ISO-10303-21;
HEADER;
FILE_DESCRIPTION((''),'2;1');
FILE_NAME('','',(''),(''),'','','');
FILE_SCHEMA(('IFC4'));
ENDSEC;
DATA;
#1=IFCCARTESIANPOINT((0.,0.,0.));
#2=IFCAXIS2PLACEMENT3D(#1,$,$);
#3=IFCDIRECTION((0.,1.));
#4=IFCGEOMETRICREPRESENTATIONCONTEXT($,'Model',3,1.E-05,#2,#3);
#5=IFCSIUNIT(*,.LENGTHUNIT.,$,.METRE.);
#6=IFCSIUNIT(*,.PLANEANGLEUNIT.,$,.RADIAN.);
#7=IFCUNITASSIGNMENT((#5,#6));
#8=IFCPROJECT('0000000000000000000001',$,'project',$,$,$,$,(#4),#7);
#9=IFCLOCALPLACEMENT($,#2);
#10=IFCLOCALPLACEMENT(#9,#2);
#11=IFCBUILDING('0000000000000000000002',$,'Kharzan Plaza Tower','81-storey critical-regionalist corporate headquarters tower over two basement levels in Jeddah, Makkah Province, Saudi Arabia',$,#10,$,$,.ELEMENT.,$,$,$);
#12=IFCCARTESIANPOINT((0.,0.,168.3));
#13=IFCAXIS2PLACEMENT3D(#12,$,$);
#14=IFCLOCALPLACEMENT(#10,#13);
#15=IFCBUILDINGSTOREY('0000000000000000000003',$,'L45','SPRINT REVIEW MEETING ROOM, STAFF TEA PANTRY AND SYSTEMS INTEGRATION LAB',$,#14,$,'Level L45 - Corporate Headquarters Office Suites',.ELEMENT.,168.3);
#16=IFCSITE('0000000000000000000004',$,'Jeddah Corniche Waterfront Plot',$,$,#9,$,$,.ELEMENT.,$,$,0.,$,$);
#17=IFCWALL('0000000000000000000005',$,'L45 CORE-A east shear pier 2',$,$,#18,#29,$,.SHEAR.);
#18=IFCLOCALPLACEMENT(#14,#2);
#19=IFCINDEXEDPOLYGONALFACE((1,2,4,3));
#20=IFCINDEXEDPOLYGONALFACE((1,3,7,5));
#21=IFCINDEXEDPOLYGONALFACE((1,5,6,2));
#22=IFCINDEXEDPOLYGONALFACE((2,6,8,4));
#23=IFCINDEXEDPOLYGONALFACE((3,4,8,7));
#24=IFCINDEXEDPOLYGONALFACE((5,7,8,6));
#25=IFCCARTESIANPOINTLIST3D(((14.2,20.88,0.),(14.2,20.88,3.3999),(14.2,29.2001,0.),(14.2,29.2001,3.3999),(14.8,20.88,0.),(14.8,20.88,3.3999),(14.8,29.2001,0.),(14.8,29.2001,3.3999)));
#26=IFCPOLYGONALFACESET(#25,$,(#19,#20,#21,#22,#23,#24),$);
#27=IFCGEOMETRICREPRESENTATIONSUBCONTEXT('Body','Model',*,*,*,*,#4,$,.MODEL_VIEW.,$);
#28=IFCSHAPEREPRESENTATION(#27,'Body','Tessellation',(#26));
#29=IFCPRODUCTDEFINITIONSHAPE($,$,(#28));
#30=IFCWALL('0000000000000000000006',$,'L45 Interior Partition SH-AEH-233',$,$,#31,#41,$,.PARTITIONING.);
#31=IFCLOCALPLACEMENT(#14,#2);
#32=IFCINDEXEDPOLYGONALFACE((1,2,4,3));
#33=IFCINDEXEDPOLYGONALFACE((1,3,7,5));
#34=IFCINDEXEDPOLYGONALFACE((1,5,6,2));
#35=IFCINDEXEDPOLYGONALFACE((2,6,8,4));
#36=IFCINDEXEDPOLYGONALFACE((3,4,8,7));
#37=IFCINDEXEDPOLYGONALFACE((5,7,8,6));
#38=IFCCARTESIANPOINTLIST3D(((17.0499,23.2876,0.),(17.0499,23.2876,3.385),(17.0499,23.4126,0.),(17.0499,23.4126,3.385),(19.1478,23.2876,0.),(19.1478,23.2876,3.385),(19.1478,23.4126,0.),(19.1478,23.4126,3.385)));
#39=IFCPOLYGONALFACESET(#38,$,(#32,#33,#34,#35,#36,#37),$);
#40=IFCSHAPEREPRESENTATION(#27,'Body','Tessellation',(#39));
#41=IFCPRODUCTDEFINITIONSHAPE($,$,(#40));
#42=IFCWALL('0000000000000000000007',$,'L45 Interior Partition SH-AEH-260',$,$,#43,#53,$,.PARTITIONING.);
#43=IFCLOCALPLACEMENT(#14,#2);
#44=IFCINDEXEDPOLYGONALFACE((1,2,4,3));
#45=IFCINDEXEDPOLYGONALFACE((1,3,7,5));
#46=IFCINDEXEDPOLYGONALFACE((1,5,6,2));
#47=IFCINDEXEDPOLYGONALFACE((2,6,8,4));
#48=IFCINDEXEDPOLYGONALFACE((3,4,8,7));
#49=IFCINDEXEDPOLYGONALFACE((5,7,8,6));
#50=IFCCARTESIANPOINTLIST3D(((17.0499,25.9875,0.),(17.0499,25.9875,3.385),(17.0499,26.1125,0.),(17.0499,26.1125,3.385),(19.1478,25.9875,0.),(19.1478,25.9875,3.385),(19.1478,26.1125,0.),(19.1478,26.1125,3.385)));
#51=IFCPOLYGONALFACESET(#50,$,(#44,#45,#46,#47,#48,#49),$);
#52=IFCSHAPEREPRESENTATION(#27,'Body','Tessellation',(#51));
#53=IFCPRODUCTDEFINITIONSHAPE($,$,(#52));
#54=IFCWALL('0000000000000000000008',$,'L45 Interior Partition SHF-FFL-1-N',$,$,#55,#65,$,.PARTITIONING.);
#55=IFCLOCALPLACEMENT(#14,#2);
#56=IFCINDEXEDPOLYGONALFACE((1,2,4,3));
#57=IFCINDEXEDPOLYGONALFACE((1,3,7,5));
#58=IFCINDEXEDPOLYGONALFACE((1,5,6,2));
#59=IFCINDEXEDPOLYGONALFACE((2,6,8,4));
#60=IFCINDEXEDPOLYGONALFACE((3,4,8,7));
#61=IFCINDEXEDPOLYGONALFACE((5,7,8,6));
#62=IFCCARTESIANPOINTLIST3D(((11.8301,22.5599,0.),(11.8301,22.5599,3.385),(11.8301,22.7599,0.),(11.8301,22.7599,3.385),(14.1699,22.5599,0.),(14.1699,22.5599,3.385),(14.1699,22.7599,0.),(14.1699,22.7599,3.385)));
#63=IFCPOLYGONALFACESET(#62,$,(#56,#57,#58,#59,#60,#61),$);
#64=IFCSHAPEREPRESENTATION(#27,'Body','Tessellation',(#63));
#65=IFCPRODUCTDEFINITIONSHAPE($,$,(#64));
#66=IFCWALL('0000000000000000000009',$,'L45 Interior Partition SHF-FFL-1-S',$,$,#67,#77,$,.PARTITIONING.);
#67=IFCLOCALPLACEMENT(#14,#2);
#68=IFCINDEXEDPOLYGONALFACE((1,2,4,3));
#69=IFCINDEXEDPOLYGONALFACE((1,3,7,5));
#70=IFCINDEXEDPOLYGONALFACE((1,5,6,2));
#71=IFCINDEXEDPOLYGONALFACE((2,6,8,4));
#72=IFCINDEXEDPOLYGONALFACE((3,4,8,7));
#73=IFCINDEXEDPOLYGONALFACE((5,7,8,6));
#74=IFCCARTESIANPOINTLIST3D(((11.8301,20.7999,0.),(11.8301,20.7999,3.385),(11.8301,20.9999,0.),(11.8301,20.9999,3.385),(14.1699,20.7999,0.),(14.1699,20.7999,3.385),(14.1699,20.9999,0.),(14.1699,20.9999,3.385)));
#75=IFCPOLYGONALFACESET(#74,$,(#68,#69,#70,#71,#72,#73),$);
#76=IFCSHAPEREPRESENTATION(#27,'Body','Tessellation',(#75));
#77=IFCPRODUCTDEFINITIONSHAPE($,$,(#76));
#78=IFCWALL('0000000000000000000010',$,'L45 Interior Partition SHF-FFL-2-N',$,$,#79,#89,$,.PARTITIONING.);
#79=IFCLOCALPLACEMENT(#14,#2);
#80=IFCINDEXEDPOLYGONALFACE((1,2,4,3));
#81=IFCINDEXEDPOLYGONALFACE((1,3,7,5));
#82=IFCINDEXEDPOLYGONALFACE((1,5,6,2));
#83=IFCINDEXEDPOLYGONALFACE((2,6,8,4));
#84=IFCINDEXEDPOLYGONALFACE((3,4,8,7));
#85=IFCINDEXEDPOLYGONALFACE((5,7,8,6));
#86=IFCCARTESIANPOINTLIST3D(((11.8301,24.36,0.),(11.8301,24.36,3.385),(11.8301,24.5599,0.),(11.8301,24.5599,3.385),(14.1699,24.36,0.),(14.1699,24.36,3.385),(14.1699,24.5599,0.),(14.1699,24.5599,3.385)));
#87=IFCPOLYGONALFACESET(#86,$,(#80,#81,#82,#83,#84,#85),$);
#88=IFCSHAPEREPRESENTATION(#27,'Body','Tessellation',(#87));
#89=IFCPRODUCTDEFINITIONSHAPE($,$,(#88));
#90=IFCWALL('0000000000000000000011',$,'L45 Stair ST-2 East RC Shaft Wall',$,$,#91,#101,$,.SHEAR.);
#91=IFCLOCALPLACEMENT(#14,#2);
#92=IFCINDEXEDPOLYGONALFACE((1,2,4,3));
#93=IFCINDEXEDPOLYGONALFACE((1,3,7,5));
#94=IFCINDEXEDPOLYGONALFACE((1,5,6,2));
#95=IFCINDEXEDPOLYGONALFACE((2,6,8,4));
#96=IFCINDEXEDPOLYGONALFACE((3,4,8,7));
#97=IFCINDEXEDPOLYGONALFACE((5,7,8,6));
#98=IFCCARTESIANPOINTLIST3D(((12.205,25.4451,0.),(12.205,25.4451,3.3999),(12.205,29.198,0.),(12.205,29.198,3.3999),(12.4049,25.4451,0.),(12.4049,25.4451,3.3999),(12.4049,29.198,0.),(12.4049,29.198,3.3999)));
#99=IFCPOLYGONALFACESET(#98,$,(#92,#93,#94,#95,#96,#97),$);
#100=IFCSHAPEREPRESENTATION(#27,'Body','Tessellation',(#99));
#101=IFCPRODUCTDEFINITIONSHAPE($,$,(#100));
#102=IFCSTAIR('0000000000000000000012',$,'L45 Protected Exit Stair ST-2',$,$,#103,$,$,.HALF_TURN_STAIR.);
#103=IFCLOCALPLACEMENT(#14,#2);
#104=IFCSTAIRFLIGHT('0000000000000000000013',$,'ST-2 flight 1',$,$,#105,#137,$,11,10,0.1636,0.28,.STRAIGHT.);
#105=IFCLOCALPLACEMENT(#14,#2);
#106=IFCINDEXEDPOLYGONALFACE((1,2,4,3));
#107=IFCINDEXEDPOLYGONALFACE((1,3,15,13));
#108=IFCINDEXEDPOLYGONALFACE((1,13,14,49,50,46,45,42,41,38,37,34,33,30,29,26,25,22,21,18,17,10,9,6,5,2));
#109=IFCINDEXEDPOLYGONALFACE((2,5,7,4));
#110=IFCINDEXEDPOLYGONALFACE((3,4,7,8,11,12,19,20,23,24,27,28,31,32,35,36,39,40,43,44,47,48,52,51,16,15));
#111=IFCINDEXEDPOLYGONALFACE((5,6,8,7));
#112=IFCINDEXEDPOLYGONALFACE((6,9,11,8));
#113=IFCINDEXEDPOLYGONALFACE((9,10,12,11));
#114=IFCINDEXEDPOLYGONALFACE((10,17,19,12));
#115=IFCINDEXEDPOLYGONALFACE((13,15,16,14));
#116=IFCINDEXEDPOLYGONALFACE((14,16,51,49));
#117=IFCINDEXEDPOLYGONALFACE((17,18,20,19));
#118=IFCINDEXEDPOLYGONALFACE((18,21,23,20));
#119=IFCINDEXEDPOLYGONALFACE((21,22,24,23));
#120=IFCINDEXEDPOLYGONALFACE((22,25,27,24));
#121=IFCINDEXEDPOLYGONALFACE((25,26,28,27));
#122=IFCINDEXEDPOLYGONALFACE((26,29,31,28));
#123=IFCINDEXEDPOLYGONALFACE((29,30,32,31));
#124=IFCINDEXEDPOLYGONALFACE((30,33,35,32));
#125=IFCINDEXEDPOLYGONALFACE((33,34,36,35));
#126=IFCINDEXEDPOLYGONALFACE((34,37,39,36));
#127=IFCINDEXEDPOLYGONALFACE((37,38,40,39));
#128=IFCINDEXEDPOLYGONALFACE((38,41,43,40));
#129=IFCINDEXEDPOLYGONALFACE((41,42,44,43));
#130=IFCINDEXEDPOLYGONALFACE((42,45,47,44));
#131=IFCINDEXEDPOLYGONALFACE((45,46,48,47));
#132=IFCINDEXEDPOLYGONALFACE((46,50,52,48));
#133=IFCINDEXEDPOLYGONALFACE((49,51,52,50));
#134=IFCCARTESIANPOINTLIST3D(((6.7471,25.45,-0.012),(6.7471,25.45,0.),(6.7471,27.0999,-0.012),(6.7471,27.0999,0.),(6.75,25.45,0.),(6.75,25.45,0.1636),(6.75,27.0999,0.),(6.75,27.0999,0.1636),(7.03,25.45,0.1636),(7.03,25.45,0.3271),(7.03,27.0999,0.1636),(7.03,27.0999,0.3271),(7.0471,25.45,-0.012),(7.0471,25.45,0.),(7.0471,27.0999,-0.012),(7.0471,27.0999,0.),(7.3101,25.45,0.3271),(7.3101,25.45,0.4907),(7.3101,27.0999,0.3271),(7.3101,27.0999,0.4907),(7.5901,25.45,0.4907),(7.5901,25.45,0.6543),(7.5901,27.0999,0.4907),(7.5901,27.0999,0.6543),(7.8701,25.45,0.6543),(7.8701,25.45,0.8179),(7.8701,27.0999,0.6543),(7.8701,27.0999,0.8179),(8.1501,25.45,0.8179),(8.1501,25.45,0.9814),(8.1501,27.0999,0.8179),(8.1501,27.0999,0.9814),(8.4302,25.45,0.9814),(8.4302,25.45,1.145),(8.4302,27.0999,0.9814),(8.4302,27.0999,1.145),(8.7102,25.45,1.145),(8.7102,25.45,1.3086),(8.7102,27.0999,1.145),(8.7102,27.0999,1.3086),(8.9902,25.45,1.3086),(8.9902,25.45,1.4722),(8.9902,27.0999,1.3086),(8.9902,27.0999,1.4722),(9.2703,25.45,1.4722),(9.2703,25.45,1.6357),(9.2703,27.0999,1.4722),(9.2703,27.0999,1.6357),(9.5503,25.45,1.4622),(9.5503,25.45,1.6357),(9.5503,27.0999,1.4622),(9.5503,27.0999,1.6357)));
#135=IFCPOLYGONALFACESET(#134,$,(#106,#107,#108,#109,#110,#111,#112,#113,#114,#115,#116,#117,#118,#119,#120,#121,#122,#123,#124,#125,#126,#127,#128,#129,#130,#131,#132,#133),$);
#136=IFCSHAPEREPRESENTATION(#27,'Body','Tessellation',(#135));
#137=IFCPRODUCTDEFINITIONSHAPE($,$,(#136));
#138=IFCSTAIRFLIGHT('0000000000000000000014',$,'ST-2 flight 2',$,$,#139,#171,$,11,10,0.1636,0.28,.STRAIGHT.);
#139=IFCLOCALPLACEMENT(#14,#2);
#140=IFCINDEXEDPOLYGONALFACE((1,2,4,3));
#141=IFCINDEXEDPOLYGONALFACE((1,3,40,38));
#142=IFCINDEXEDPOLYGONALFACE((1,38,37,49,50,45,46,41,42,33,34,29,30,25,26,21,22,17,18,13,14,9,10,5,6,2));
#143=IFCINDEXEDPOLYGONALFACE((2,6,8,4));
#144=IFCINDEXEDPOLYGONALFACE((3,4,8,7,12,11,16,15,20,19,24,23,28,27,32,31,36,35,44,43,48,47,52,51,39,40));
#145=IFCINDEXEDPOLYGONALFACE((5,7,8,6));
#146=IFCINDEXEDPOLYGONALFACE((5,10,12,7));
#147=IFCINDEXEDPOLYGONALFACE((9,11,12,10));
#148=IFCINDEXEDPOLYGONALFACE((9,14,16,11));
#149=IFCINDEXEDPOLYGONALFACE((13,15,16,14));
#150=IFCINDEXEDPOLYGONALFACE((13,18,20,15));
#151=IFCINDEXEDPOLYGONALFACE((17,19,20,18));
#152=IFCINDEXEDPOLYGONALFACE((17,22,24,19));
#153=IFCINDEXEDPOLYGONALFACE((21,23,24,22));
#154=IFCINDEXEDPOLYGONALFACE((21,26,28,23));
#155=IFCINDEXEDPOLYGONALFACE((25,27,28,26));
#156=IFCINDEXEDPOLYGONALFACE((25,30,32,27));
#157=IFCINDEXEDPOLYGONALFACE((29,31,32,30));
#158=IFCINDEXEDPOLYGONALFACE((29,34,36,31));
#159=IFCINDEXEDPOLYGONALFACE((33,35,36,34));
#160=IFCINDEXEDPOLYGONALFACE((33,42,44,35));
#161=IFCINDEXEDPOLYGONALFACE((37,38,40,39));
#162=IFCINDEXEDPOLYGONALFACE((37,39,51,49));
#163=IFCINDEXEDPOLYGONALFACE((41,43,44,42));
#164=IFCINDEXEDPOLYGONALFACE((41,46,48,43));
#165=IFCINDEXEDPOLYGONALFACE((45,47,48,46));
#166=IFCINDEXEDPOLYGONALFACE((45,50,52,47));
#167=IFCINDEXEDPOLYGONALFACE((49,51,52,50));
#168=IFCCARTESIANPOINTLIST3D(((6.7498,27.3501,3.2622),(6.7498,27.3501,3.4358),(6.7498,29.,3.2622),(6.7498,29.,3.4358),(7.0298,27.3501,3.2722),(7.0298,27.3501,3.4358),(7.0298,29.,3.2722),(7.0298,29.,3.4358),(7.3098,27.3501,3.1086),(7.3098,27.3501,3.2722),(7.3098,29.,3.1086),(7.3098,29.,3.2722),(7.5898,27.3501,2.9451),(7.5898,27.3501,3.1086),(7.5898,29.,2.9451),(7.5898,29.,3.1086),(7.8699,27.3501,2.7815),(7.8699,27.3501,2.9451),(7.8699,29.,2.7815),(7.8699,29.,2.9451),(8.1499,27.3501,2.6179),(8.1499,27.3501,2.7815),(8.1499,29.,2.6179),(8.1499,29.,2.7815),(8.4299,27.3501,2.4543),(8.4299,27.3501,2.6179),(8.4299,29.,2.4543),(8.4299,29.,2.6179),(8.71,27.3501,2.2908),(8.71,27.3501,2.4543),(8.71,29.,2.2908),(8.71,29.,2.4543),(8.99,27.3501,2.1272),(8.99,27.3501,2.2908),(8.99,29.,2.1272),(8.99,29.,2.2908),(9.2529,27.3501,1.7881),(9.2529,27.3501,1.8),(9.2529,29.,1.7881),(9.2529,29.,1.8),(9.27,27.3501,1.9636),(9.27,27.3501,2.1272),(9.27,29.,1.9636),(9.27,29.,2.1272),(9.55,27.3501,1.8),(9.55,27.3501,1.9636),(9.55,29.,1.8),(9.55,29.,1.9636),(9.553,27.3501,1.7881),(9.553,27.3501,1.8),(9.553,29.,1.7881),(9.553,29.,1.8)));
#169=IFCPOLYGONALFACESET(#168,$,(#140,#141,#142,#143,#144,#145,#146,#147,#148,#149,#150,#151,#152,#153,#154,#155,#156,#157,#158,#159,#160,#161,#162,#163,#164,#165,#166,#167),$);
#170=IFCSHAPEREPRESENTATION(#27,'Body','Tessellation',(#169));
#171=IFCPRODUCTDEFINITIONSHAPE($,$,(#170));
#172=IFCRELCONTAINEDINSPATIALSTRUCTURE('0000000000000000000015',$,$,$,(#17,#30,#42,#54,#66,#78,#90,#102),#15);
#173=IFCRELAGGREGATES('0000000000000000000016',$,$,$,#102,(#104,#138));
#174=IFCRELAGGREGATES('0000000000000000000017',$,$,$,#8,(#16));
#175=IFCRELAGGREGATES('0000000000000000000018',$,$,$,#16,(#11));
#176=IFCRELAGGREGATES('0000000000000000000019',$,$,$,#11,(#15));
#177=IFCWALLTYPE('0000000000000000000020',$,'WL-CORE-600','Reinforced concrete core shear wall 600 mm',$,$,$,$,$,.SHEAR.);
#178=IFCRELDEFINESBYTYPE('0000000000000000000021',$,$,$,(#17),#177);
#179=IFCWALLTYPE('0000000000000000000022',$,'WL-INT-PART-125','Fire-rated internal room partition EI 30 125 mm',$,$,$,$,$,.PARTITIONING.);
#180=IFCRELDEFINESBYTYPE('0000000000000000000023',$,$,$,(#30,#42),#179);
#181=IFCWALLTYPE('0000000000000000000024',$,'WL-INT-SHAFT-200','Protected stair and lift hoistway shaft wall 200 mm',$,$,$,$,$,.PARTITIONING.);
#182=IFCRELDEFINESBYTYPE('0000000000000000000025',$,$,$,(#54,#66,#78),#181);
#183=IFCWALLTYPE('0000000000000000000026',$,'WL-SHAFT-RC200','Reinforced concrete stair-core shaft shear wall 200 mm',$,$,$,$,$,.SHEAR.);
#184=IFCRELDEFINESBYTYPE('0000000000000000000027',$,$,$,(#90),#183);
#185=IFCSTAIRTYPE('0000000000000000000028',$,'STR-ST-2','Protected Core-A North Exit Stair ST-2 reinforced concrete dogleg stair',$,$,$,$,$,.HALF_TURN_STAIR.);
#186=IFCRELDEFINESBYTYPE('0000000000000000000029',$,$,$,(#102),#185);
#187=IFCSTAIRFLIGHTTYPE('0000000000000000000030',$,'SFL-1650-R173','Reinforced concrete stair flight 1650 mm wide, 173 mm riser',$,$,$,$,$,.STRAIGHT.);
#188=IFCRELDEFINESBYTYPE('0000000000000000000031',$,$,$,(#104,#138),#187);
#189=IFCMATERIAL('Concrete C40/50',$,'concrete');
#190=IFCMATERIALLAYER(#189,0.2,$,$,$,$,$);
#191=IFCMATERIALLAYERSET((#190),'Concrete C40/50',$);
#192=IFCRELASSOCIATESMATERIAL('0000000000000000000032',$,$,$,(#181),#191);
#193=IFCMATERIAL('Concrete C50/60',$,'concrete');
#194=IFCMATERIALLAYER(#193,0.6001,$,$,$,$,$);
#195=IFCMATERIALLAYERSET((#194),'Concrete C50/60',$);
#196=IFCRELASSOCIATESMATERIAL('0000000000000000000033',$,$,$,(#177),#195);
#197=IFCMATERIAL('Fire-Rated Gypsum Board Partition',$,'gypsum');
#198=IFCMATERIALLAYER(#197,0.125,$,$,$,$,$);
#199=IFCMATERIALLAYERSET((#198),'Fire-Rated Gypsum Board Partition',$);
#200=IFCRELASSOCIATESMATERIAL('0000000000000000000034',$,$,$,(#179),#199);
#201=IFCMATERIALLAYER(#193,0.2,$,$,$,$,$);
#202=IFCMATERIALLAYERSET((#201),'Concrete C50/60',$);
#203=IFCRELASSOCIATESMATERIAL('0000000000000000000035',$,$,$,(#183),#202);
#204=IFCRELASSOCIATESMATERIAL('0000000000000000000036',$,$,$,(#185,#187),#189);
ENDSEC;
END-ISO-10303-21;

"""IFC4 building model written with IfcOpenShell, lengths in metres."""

from ifc_helpers import new_model, si_unit, direction, frame, frame_2d, origin, place, context, subcontext, project, spatial, polyline, rectangle, outline, extrude, source, transform, mapped, material, layer, layer_set, type_object, element, aggregate, save


model = new_model("IFC4")

# Units and contexts
model_context = context("Model", 3, precision=1e-05, world=origin(), true_north=direction((0.0, 1.0)))
body_context = subcontext(model_context, "Body", "Model", "MODEL_VIEW")
ifc_project = project(units=[si_unit("LENGTHUNIT", "METRE"), si_unit("PLANEANGLEUNIT", "RADIAN")], contexts=[model_context])

# Site, building, storey
site_placement = place(None, origin())
site = spatial("IfcSite", under=ifc_project, at=site_placement, Name="Jeddah Corniche Waterfront Plot", CompositionType="ELEMENT", RefElevation=0.0)
building_placement = place(site_placement, origin())
building = spatial("IfcBuilding", under=site, at=building_placement, Name="Kharzan Plaza Tower", Description="81-storey critical-regionalist corporate headquarters tower over two basement levels in Jeddah, Makkah Province, Saudi Arabia", CompositionType="ELEMENT")
storey_placement = place(building_placement, frame((0.0, 0.0, 168.3)))
storey = spatial("IfcBuildingStorey", under=building, at=storey_placement, Name="L45", Description="SPRINT REVIEW MEETING ROOM, STAFF TEA PANTRY AND SYSTEMS INTEGRATION LAB", LongName="Level L45 - Corporate Headquarters Office Suites", CompositionType="ELEMENT", Elevation=168.3)

# Shared definitions
ifc_material_1 = material(Name="Concrete C40/50", Category="concrete")
ifc_layer_1 = layer(ifc_material_1, 0.2)
ifc_layer_set_1 = layer_set([ifc_layer_1], Name="Concrete C40/50")
wall_type_1 = type_object("IfcWallType", Name="WL-INT-SHAFT-200", Description="Protected stair and lift hoistway shaft wall 200 mm", PredefinedType="PARTITIONING", material=ifc_layer_set_1)

# Walls
ifc_material_2 = material(Name="Concrete C50/60", Category="concrete")
ifc_layer_2 = layer(ifc_material_2, 0.6001)
ifc_layer_set_2 = layer_set([ifc_layer_2], Name="Concrete C50/60")
wall_type_2 = type_object("IfcWallType", Name="WL-CORE-600", Description="Reinforced concrete core shear wall 600 mm", PredefinedType="SHEAR", material=ifc_layer_set_2)
shared_shape_1 = source(origin(), body_context, "Body", "SweptSolid", [
    extrude(rectangle(XDim=8.3201, YDim=0.6001, at=frame_2d((4.1602, 0.0))), origin(), (0.0, 0.0, 1.0), 3.3999),
])
wall_1_placement = place(storey_placement, frame((14.5, 20.8799, 0.0), z_axis=(0.0, 0.0, 1.0), x_axis=(0.0, 1.0, 0.0)))
element("IfcWall", 1, at=wall_1_placement, inside=storey, type_object=wall_type_2, Name="L45 CORE-A east shear pier 2", PredefinedType="SHEAR", context=body_context, shape_type="MappedRepresentation", body=[
    mapped(shared_shape_1, transform((0.0, 0.0, 0.0), x_axis=(1.0, 0.0, 0.0), y_axis=(0.0, 1.0, 0.0), z_axis=(0.0, 0.0, 1.0))),
])
ifc_material_3 = material(Name="Fire-Rated Gypsum Board Partition", Category="gypsum")
ifc_layer_3 = layer(ifc_material_3, 0.125)
ifc_layer_set_3 = layer_set([ifc_layer_3], Name="Fire-Rated Gypsum Board Partition")
wall_type_3 = type_object("IfcWallType", Name="WL-INT-PART-125", Description="Fire-rated internal room partition EI 30 125 mm", PredefinedType="PARTITIONING", material=ifc_layer_set_3)
shared_shape_2 = source(origin(), body_context, "Body", "SweptSolid", [
    extrude(rectangle(XDim=2.0979, YDim=0.125, at=frame_2d((1.0488, 0.0))), origin(), (0.0, 0.0, 1.0), 3.385),
])
for number, where, z_axis, x_axis, name in (
    (2, (17.05, 23.3501, 0.0), (0.0, 0.0, 1.0), (1.0, 0.0, 0.0), "L45 Interior Partition SH-AEH-233"),
    (3, (17.05, 26.05, 0.0), (0.0, 0.0, 1.0), (1.0, 0.0, 0.0), "L45 Interior Partition SH-AEH-260"),
):
    element("IfcWall", number, at=place(storey_placement, frame(where, z_axis=z_axis, x_axis=x_axis)), inside=storey, type_object=wall_type_3, Name=name, PredefinedType="PARTITIONING", context=body_context, shape_type="MappedRepresentation", body=[
        mapped(shared_shape_2, transform((0.0, 0.0, 0.0), x_axis=(1.0, 0.0, 0.0), y_axis=(0.0, 1.0, 0.0), z_axis=(0.0, 0.0, 1.0))),
    ])
shared_shape_3 = source(origin(), body_context, "Body", "SweptSolid", [
    extrude(rectangle(XDim=2.3398, YDim=0.2, at=frame_2d((1.1699, 0.0))), origin(), (0.0, 0.0, 1.0), 3.385),
])
for number, where, z_axis, x_axis, name in (
    (4, (11.8301, 22.6599, 0.0), (0.0, 0.0, 1.0), (1.0, 0.0, 0.0), "L45 Interior Partition SHF-FFL-1-N"),
    (5, (11.8301, 20.8999, 0.0), (0.0, 0.0, 1.0), (1.0, 0.0, 0.0), "L45 Interior Partition SHF-FFL-1-S"),
    (6, (11.8301, 24.46, 0.0), (0.0, 0.0, 1.0), (1.0, 0.0, 0.0), "L45 Interior Partition SHF-FFL-2-N"),
):
    element("IfcWall", number, at=place(storey_placement, frame(where, z_axis=z_axis, x_axis=x_axis)), inside=storey, type_object=wall_type_1, Name=name, PredefinedType="PARTITIONING", context=body_context, shape_type="MappedRepresentation", body=[
        mapped(shared_shape_3, transform((0.0, 0.0, 0.0), x_axis=(1.0, 0.0, 0.0), y_axis=(0.0, 1.0, 0.0), z_axis=(0.0, 0.0, 1.0))),
    ])
ifc_layer_4 = layer(ifc_material_2, 0.2)
ifc_layer_set_4 = layer_set([ifc_layer_4], Name="Concrete C50/60")
wall_type_4 = type_object("IfcWallType", Name="WL-SHAFT-RC200", Description="Reinforced concrete stair-core shaft shear wall 200 mm", PredefinedType="SHEAR", material=ifc_layer_set_4)
shared_shape_4 = source(origin(), body_context, "Body", "SweptSolid", [
    extrude(rectangle(XDim=3.7529, YDim=0.2, at=frame_2d((1.8765, 0.0))), origin(), (0.0, 0.0, 1.0), 3.3999),
])
wall_2_placement = place(storey_placement, frame((12.3049, 25.4451, 0.0), z_axis=(0.0, 0.0, 1.0), x_axis=(0.0, 1.0, 0.0)))
element("IfcWall", 7, at=wall_2_placement, inside=storey, type_object=wall_type_4, Name="L45 Stair ST-2 East RC Shaft Wall", PredefinedType="SHEAR", context=body_context, shape_type="MappedRepresentation", body=[
    mapped(shared_shape_4, transform((0.0, 0.0, 0.0), x_axis=(1.0, 0.0, 0.0), y_axis=(0.0, 1.0, 0.0), z_axis=(0.0, 0.0, 1.0))),
])

# Stair, stair flights
stair_type = type_object("IfcStairType", Name="STR-ST-2", Description="Protected Core-A North Exit Stair ST-2 reinforced concrete dogleg stair", PredefinedType="HALF_TURN_STAIR", material=ifc_material_1)
stair_placement = place(storey_placement, origin())
stair = element("IfcStair", 8, at=stair_placement, inside=storey, type_object=stair_type, Name="L45 Protected Exit Stair ST-2", PredefinedType="HALF_TURN_STAIR")
stair_flight_type = type_object("IfcStairFlightType", Name="SFL-1650-R173", Description="Reinforced concrete stair flight 1650 mm wide, 173 mm riser", PredefinedType="STRAIGHT", material=ifc_material_1)
shared_shape_5 = source(origin(), body_context, "Body", "SweptSolid", [
    extrude(outline(polyline([(-0.0029, -0.012), (-0.0029, 0.0), (0.0, 0.0), (0.0, 0.1636), (0.28, 0.1636), (0.28, 0.3271), (0.5601, 0.3271), (0.5601, 0.4907), (0.8401, 0.4907), (0.8401, 0.6543), (1.1201, 0.6543), (1.1201, 0.8179), (1.4001, 0.8179), (1.4001, 0.9814), (1.6802, 0.9814), (1.6802, 1.145), (1.9602, 1.145), (1.9602, 1.3086), (2.2402, 1.3086), (2.2402, 1.4722), (2.5203, 1.4722), (2.5203, 1.6357), (2.8003, 1.6357), (2.8003, 1.7993), (2.8003, 1.4622), (0.2971, 0.0), (0.2971, -0.012), (-0.0029, -0.012)])), frame((0.0, 0.825, 0.0), z_axis=(0.0, -1.0, 0.0), x_axis=(1.0, 0.0, 0.0)), (0.0, 0.0, 1.0), 1.6499),
])
stair_flight_1_placement = place(storey_placement, frame((6.75, 26.2749, 0.0), z_axis=(0.0, 0.0, 1.0), x_axis=(1.0, 0.0, 0.0)))
stair_flight_1 = element("IfcStairFlight", 9, at=stair_flight_1_placement, type_object=stair_flight_type, Name="ST-2 flight 1", NumberOfRisers=11, NumberOfTreads=10, PredefinedType="STRAIGHT", RiserHeight=0.1636, TreadLength=0.28, context=body_context, shape_type="MappedRepresentation", body=[
    mapped(shared_shape_5, transform((0.0, 0.0, 0.0), x_axis=(1.0, 0.0, 0.0), y_axis=(0.0, 1.0, 0.0), z_axis=(0.0, 0.0, 1.0))),
])
stair_flight_2_placement = place(storey_placement, frame((9.55, 28.175, 1.8), z_axis=(0.0, 0.0, 1.0), x_axis=(-1.0, 0.0, 0.0)))
stair_flight_2 = element("IfcStairFlight", 10, at=stair_flight_2_placement, type_object=stair_flight_type, Name="ST-2 flight 2", NumberOfRisers=11, NumberOfTreads=10, PredefinedType="STRAIGHT", RiserHeight=0.1636, TreadLength=0.28, context=body_context, shape_type="MappedRepresentation", body=[
    mapped(shared_shape_5, transform((0.0, 0.0, 0.0), x_axis=(1.0, 0.0, 0.0), y_axis=(0.0, 1.0, 0.0), z_axis=(0.0, 0.0, 1.0))),
])
aggregate(stair, [stair_flight_1, stair_flight_2])

save(model, "model.ifc")
